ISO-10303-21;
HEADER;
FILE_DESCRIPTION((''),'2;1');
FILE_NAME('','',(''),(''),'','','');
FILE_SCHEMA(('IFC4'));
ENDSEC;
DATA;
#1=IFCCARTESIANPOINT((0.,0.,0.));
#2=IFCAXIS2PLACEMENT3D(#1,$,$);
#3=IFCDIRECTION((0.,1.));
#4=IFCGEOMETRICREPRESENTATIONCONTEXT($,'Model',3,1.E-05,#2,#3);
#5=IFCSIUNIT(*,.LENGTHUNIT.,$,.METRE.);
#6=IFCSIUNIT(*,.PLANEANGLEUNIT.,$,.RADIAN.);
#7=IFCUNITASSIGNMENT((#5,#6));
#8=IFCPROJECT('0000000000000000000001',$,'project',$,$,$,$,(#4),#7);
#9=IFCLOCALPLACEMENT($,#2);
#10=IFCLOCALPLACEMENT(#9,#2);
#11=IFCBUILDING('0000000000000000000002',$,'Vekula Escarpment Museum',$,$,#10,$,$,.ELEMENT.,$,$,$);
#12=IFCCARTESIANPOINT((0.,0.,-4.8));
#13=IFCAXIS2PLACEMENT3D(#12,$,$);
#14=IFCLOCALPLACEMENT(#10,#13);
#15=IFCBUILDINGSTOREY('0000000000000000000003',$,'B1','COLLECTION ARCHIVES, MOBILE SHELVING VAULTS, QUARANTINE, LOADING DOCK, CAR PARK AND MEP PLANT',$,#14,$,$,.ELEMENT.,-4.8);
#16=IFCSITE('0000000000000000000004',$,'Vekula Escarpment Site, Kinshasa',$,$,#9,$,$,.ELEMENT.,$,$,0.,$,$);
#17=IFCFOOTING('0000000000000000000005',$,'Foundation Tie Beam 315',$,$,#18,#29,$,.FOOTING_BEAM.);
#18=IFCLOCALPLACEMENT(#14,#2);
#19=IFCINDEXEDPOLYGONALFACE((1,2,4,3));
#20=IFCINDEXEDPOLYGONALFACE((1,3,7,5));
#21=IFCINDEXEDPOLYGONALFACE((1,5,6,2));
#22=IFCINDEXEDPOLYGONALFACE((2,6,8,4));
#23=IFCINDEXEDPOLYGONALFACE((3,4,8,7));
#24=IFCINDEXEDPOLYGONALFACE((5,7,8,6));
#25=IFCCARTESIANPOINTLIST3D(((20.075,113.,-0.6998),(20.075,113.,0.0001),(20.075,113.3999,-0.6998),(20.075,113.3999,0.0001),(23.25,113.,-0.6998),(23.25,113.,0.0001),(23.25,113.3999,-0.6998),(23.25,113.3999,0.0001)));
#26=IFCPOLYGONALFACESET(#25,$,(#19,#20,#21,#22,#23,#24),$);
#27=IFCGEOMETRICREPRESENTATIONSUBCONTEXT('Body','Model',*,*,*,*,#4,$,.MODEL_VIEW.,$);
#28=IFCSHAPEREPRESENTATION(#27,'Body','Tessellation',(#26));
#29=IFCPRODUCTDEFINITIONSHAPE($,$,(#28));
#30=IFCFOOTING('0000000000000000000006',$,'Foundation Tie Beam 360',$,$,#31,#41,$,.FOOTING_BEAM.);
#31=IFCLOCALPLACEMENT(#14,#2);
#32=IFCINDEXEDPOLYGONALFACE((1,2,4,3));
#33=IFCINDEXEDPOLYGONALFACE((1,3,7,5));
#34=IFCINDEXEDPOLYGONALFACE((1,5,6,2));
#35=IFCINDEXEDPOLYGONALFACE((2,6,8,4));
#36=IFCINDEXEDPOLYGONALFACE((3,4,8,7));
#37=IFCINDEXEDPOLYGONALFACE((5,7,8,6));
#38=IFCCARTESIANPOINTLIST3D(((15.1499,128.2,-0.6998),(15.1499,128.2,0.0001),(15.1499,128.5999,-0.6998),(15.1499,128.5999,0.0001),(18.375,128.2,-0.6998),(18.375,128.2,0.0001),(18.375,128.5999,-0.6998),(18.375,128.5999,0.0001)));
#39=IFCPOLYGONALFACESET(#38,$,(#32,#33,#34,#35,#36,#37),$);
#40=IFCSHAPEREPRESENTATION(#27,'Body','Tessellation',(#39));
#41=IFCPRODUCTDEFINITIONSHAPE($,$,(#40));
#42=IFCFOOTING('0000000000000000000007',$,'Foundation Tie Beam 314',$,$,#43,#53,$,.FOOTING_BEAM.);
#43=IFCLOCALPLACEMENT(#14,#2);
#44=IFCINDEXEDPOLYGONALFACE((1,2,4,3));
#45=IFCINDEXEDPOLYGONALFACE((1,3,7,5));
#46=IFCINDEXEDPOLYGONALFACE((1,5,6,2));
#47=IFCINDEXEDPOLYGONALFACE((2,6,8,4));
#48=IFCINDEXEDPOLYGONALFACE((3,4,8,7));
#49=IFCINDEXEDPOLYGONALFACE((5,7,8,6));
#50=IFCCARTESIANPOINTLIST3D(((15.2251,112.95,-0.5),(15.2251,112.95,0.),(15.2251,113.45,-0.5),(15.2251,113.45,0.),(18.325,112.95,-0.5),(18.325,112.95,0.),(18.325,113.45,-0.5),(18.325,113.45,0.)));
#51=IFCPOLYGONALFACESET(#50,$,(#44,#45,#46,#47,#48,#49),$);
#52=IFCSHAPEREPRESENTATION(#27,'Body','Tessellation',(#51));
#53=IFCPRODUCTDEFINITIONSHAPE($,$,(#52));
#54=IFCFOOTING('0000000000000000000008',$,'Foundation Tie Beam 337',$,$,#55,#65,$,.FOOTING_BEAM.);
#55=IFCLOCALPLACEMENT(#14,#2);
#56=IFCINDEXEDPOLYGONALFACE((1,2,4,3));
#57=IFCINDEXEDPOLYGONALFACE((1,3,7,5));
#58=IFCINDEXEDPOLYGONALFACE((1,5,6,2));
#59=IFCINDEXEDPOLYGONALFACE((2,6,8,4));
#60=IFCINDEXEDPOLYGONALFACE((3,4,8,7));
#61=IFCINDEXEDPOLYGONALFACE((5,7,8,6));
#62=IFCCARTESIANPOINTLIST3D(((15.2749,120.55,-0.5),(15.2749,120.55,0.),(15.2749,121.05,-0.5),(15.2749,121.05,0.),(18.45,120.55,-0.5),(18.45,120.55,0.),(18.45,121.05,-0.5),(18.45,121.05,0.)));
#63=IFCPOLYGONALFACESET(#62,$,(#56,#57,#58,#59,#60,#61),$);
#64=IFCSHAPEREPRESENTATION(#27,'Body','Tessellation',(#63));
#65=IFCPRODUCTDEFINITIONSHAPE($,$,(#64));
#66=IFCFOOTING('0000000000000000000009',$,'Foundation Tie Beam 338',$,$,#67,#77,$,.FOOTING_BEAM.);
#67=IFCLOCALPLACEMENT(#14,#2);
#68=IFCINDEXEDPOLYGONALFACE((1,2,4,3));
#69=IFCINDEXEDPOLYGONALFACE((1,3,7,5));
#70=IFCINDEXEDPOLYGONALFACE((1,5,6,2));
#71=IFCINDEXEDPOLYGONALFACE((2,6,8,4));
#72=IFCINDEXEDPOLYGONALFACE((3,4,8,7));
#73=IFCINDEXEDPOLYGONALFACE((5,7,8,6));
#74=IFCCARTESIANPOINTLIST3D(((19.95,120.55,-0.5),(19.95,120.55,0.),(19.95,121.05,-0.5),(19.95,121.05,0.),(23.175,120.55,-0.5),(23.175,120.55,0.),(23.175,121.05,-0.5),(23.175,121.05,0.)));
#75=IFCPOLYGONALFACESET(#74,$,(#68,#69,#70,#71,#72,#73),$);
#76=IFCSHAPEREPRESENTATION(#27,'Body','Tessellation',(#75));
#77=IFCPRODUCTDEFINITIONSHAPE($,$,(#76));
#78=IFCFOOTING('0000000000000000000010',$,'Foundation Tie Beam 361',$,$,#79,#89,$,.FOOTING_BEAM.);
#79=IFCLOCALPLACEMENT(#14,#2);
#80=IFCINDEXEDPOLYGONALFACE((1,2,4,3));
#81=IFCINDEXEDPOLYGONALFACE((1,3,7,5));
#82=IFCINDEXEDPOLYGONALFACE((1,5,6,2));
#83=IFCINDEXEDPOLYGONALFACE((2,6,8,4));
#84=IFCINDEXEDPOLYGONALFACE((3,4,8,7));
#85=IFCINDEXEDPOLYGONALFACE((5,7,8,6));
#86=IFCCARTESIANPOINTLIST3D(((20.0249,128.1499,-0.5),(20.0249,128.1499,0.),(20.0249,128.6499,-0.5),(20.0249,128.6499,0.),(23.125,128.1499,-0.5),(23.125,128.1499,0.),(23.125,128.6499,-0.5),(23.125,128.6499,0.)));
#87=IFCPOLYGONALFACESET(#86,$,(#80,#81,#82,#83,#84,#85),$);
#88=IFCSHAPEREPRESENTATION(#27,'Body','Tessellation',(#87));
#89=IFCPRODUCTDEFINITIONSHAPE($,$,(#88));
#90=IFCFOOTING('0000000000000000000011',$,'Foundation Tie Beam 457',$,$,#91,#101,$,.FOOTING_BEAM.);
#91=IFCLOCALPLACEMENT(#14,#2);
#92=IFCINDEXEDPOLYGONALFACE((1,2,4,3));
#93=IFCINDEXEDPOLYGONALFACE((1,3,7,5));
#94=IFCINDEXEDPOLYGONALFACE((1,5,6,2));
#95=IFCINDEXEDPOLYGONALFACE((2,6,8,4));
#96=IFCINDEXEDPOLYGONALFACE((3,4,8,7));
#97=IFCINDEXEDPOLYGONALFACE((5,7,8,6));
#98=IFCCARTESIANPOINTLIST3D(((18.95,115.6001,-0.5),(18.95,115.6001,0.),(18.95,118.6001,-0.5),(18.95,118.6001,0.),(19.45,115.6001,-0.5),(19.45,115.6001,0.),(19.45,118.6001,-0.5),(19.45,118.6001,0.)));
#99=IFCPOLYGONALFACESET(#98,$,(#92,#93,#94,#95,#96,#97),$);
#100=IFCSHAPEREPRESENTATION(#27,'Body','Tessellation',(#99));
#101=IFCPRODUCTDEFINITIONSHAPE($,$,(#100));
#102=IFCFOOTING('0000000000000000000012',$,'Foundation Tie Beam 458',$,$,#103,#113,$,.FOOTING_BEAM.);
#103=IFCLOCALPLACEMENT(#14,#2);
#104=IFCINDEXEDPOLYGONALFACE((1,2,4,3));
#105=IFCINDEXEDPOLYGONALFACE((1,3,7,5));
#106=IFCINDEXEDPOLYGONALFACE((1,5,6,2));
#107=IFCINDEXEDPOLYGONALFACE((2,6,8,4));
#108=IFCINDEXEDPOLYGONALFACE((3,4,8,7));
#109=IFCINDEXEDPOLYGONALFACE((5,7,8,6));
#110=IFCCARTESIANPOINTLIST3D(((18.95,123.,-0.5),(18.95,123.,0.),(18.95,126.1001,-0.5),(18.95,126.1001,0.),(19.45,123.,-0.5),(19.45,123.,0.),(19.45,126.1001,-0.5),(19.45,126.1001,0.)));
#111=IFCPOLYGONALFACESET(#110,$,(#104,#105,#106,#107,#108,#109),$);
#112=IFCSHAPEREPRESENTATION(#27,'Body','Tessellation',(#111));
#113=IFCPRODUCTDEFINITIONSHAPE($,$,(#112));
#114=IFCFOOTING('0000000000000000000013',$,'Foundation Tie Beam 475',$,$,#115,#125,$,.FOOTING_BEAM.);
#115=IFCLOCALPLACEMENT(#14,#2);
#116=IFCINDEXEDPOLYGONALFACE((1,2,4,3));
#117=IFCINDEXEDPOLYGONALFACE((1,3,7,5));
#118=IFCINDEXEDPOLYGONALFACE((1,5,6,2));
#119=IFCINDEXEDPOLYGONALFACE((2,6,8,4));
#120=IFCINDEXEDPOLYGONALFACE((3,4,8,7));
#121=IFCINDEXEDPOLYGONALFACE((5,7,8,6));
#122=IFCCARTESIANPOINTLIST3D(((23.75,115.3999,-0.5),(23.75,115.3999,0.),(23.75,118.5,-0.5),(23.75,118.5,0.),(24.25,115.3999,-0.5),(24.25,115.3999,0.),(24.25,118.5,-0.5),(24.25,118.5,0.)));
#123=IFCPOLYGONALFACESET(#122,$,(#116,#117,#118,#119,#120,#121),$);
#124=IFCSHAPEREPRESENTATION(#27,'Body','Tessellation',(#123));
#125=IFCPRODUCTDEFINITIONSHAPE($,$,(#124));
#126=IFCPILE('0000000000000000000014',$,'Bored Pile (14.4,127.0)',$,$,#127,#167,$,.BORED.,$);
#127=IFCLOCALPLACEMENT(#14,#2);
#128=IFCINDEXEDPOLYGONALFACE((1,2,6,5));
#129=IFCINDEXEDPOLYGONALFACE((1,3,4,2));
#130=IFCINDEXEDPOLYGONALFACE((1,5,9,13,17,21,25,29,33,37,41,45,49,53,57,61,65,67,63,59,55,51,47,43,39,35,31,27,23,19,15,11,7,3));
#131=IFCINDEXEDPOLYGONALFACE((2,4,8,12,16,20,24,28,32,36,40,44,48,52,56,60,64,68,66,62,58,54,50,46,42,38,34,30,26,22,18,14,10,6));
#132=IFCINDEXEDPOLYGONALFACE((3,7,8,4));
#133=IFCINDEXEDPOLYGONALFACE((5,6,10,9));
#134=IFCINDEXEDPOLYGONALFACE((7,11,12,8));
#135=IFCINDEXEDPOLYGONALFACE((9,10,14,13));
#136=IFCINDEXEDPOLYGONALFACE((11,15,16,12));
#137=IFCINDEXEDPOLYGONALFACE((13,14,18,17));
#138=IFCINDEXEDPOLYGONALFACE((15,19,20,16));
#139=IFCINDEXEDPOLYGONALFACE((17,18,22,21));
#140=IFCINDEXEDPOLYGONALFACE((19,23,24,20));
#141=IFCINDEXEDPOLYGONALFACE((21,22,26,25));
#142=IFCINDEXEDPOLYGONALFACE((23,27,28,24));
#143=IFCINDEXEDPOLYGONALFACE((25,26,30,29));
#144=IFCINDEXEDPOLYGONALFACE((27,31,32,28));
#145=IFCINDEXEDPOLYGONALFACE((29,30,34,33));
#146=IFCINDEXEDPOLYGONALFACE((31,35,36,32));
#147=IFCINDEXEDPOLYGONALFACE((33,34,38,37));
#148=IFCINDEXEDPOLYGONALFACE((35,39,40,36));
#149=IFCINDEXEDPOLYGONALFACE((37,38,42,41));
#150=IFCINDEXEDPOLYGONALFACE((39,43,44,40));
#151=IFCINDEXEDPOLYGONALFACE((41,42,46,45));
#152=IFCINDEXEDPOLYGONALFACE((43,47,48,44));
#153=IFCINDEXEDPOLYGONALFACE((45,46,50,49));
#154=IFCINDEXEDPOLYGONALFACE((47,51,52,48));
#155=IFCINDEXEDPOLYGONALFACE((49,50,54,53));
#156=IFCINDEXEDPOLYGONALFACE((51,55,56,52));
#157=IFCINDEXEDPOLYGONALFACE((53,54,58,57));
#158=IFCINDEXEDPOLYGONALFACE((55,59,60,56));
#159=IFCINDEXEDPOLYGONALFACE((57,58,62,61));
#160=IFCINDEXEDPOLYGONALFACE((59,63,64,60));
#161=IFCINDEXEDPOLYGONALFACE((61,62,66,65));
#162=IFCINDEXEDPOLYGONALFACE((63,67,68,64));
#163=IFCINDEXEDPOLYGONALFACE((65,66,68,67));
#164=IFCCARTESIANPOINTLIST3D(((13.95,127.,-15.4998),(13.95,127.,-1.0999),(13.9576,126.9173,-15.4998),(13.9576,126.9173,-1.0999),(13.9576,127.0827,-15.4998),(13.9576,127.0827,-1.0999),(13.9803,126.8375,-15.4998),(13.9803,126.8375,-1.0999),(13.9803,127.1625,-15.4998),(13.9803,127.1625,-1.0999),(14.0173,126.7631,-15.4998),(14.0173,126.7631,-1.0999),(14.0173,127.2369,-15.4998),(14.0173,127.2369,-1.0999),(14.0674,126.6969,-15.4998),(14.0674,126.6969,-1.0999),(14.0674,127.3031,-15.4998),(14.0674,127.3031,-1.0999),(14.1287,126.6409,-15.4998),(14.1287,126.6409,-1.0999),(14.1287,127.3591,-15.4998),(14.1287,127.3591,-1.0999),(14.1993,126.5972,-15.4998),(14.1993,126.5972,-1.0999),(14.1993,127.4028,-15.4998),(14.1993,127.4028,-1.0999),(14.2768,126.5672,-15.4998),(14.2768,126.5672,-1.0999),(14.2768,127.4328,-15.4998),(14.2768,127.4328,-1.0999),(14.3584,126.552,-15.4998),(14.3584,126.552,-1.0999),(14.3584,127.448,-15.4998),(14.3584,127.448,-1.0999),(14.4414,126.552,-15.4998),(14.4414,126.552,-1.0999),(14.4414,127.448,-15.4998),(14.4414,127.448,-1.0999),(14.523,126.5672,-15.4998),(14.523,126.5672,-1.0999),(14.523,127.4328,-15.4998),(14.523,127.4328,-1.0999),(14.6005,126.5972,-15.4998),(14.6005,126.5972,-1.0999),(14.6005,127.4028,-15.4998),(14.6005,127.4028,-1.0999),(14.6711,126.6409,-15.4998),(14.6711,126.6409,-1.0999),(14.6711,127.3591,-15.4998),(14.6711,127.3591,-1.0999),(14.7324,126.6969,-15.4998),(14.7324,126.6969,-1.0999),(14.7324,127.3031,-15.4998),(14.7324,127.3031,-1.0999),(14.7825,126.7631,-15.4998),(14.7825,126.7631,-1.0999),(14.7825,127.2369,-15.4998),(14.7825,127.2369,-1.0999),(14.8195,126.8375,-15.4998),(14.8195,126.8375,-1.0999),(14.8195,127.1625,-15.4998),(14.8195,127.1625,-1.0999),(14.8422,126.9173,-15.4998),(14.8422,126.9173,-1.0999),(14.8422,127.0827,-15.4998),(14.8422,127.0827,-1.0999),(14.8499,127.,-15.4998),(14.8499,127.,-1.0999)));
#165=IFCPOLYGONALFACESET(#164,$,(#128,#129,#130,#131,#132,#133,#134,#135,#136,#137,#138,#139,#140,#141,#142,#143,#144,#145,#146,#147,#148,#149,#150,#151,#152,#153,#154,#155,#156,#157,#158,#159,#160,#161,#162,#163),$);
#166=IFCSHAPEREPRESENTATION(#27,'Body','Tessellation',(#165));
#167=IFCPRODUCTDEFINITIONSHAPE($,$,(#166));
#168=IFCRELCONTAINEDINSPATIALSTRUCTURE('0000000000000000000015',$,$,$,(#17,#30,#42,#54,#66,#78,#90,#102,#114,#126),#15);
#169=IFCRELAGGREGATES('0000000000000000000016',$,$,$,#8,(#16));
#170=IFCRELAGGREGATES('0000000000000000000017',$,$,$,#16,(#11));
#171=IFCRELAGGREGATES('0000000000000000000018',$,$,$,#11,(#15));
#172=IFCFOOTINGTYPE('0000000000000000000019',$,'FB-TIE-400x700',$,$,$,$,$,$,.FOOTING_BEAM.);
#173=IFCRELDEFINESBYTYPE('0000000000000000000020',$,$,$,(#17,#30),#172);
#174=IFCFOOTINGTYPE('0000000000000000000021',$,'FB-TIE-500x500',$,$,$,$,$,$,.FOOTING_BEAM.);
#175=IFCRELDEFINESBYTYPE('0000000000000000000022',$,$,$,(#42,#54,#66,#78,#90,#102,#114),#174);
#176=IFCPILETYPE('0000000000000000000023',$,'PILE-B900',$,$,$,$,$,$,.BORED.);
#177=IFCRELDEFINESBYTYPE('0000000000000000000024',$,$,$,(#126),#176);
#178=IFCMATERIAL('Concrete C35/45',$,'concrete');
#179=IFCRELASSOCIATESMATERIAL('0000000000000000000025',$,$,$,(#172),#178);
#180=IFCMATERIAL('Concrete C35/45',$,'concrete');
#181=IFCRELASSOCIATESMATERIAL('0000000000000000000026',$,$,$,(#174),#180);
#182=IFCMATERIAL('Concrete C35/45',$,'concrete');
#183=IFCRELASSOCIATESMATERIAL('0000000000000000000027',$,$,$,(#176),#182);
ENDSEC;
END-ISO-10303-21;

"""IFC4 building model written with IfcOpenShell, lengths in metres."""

from ifc_helpers import new_model, si_unit, direction, frame, origin, origin_2d, place, context, subcontext, project, spatial, rectangle, circle, extrude, material, material_profile, profile_set, type_object, element, save


model = new_model("IFC4")

# Units and contexts
model_context = context("Model", 3, precision=1e-05, world=origin(), true_north=direction((0.0, 1.0)))
body_context = subcontext(model_context, "Body", "Model", "MODEL_VIEW")
ifc_project = project(units=[si_unit("LENGTHUNIT", "METRE"), si_unit("PLANEANGLEUNIT", "RADIAN")], contexts=[model_context])

# Site, building, storey
site_placement = place(None, origin())
site = spatial("IfcSite", under=ifc_project, at=site_placement, Name="Vekula Escarpment Site, Kinshasa", CompositionType="ELEMENT", RefElevation=0.0)
building_placement = place(site_placement, origin())
building = spatial("IfcBuilding", under=site, at=building_placement, Name="Vekula Escarpment Museum", CompositionType="ELEMENT")
storey_placement = place(building_placement, frame((0.0, 0.0, -4.8)))
storey = spatial("IfcBuildingStorey", under=building, at=storey_placement, Name="B1", Description="COLLECTION ARCHIVES, MOBILE SHELVING VAULTS, QUARANTINE, LOADING DOCK, CAR PARK AND MEP PLANT", CompositionType="ELEMENT", Elevation=-4.8)

# Footings
ifc_material_1 = material(Name="Concrete C35/45", Category="concrete")
ifc_material_profile_1 = material_profile(ifc_material_1, rectangle(XDim=0.3999, YDim=0.7, at=origin_2d()), Name="RC 400x700")
ifc_profile_set_1 = profile_set([ifc_material_profile_1], Name="Concrete C35/45")
footing_type_1 = type_object("IfcFootingType", Name="FB-TIE-400x700", PredefinedType="FOOTING_BEAM", material=ifc_profile_set_1)
footing_1_placement = place(storey_placement, frame((20.075, 113.2, -0.3499), z_axis=(1.0, 0.0, 0.0), x_axis=(0.0, 1.0, 0.0)))
element("IfcFooting", 1, at=footing_1_placement, inside=storey, type_object=footing_type_1, Name="Foundation Tie Beam 315", PredefinedType="FOOTING_BEAM", context=body_context, shape_type="SweptSolid", body=[
    extrude(rectangle(XDim=0.3999, YDim=0.7, at=origin_2d()), origin(), (0.0, 0.0, 1.0), 3.175),
])
footing_2_placement = place(storey_placement, frame((15.1499, 128.3999, -0.3499), z_axis=(1.0, 0.0, 0.0), x_axis=(0.0, 1.0, 0.0)))
element("IfcFooting", 2, at=footing_2_placement, inside=storey, type_object=footing_type_1, Name="Foundation Tie Beam 360", PredefinedType="FOOTING_BEAM", context=body_context, shape_type="SweptSolid", body=[
    extrude(rectangle(XDim=0.3999, YDim=0.7, at=origin_2d()), origin(), (0.0, 0.0, 1.0), 3.2251),
])
ifc_material_2 = material(Name="Concrete C35/45", Category="concrete")
ifc_material_profile_2 = material_profile(ifc_material_2, rectangle(XDim=0.5, YDim=0.5, at=origin_2d()), Name="RC 500x500")
ifc_profile_set_2 = profile_set([ifc_material_profile_2], Name="Concrete C35/45")
footing_type_2 = type_object("IfcFootingType", Name="FB-TIE-500x500", PredefinedType="FOOTING_BEAM", material=ifc_profile_set_2)
footing_3_placement = place(storey_placement, frame((15.2251, 113.2, -0.25), z_axis=(1.0, 0.0, 0.0), x_axis=(0.0, 1.0, 0.0)))
element("IfcFooting", 3, at=footing_3_placement, inside=storey, type_object=footing_type_2, Name="Foundation Tie Beam 314", PredefinedType="FOOTING_BEAM", context=body_context, shape_type="SweptSolid", body=[
    extrude(rectangle(XDim=0.5, YDim=0.5, at=origin_2d()), origin(), (0.0, 0.0, 1.0), 3.0999),
])
footing_4_placement = place(storey_placement, frame((15.2749, 120.8, -0.25), z_axis=(1.0, 0.0, 0.0), x_axis=(0.0, 1.0, 0.0)))
element("IfcFooting", 4, at=footing_4_placement, inside=storey, type_object=footing_type_2, Name="Foundation Tie Beam 337", PredefinedType="FOOTING_BEAM", context=body_context, shape_type="SweptSolid", body=[
    extrude(rectangle(XDim=0.5, YDim=0.5, at=origin_2d()), origin(), (0.0, 0.0, 1.0), 3.175),
])
footing_5_placement = place(storey_placement, frame((19.95, 120.8, -0.25), z_axis=(1.0, 0.0, 0.0), x_axis=(0.0, 1.0, 0.0)))
element("IfcFooting", 5, at=footing_5_placement, inside=storey, type_object=footing_type_2, Name="Foundation Tie Beam 338", PredefinedType="FOOTING_BEAM", context=body_context, shape_type="SweptSolid", body=[
    extrude(rectangle(XDim=0.5, YDim=0.5, at=origin_2d()), origin(), (0.0, 0.0, 1.0), 3.2251),
])
footing_6_placement = place(storey_placement, frame((20.0249, 128.3999, -0.25), z_axis=(1.0, 0.0, 0.0), x_axis=(0.0, 1.0, 0.0)))
element("IfcFooting", 6, at=footing_6_placement, inside=storey, type_object=footing_type_2, Name="Foundation Tie Beam 361", PredefinedType="FOOTING_BEAM", context=body_context, shape_type="SweptSolid", body=[
    extrude(rectangle(XDim=0.5, YDim=0.5, at=origin_2d()), origin(), (0.0, 0.0, 1.0), 3.1001),
])
footing_7_placement = place(storey_placement, frame((19.2, 115.6001, -0.25), z_axis=(0.0, 1.0, 0.0), x_axis=(-1.0, 0.0, 0.0)))
element("IfcFooting", 7, at=footing_7_placement, inside=storey, type_object=footing_type_2, Name="Foundation Tie Beam 457", PredefinedType="FOOTING_BEAM", context=body_context, shape_type="SweptSolid", body=[
    extrude(rectangle(XDim=0.5, YDim=0.5, at=origin_2d()), origin(), (0.0, 0.0, 1.0), 3.0),
])
for number, where, z_axis, x_axis, name in (
    (8, (19.2, 123.0, -0.25), (0.0, 1.0, 0.0), (-1.0, 0.0, 0.0), "Foundation Tie Beam 458"),
    (9, (24.0, 115.3999, -0.25), (0.0, 1.0, 0.0), (-1.0, 0.0, 0.0), "Foundation Tie Beam 475"),
):
    element("IfcFooting", number, at=place(storey_placement, frame(where, z_axis=z_axis, x_axis=x_axis)), inside=storey, type_object=footing_type_2, Name=name, PredefinedType="FOOTING_BEAM", context=body_context, shape_type="SweptSolid", body=[
        extrude(rectangle(XDim=0.5, YDim=0.5, at=origin_2d()), origin(), (0.0, 0.0, 1.0), 3.1001),
    ])

# Pile
ifc_material_3 = material(Name="Concrete C35/45", Category="concrete")
ifc_material_profile_3 = material_profile(ifc_material_3, circle(Radius=0.45, at=origin_2d()), Name="BORED PILE 900")
ifc_profile_set_3 = profile_set([ifc_material_profile_3], Name="Concrete C35/45")
pile_type = type_object("IfcPileType", Name="PILE-B900", PredefinedType="BORED", material=ifc_profile_set_3)
pile_1_placement = place(storey_placement, frame((14.3999, 127.0, -1.0999), z_axis=(0.0, 0.0, -1.0), x_axis=(1.0, 0.0, 0.0)))
element("IfcPile", 10, at=pile_1_placement, inside=storey, type_object=pile_type, Name="Bored Pile (14.4,127.0)", PredefinedType="BORED", context=body_context, shape_type="SweptSolid", body=[
    extrude(circle(Radius=0.45, at=origin_2d()), origin(), (0.0, 0.0, 1.0), 14.3999),
])

save(model, "model.ifc")
